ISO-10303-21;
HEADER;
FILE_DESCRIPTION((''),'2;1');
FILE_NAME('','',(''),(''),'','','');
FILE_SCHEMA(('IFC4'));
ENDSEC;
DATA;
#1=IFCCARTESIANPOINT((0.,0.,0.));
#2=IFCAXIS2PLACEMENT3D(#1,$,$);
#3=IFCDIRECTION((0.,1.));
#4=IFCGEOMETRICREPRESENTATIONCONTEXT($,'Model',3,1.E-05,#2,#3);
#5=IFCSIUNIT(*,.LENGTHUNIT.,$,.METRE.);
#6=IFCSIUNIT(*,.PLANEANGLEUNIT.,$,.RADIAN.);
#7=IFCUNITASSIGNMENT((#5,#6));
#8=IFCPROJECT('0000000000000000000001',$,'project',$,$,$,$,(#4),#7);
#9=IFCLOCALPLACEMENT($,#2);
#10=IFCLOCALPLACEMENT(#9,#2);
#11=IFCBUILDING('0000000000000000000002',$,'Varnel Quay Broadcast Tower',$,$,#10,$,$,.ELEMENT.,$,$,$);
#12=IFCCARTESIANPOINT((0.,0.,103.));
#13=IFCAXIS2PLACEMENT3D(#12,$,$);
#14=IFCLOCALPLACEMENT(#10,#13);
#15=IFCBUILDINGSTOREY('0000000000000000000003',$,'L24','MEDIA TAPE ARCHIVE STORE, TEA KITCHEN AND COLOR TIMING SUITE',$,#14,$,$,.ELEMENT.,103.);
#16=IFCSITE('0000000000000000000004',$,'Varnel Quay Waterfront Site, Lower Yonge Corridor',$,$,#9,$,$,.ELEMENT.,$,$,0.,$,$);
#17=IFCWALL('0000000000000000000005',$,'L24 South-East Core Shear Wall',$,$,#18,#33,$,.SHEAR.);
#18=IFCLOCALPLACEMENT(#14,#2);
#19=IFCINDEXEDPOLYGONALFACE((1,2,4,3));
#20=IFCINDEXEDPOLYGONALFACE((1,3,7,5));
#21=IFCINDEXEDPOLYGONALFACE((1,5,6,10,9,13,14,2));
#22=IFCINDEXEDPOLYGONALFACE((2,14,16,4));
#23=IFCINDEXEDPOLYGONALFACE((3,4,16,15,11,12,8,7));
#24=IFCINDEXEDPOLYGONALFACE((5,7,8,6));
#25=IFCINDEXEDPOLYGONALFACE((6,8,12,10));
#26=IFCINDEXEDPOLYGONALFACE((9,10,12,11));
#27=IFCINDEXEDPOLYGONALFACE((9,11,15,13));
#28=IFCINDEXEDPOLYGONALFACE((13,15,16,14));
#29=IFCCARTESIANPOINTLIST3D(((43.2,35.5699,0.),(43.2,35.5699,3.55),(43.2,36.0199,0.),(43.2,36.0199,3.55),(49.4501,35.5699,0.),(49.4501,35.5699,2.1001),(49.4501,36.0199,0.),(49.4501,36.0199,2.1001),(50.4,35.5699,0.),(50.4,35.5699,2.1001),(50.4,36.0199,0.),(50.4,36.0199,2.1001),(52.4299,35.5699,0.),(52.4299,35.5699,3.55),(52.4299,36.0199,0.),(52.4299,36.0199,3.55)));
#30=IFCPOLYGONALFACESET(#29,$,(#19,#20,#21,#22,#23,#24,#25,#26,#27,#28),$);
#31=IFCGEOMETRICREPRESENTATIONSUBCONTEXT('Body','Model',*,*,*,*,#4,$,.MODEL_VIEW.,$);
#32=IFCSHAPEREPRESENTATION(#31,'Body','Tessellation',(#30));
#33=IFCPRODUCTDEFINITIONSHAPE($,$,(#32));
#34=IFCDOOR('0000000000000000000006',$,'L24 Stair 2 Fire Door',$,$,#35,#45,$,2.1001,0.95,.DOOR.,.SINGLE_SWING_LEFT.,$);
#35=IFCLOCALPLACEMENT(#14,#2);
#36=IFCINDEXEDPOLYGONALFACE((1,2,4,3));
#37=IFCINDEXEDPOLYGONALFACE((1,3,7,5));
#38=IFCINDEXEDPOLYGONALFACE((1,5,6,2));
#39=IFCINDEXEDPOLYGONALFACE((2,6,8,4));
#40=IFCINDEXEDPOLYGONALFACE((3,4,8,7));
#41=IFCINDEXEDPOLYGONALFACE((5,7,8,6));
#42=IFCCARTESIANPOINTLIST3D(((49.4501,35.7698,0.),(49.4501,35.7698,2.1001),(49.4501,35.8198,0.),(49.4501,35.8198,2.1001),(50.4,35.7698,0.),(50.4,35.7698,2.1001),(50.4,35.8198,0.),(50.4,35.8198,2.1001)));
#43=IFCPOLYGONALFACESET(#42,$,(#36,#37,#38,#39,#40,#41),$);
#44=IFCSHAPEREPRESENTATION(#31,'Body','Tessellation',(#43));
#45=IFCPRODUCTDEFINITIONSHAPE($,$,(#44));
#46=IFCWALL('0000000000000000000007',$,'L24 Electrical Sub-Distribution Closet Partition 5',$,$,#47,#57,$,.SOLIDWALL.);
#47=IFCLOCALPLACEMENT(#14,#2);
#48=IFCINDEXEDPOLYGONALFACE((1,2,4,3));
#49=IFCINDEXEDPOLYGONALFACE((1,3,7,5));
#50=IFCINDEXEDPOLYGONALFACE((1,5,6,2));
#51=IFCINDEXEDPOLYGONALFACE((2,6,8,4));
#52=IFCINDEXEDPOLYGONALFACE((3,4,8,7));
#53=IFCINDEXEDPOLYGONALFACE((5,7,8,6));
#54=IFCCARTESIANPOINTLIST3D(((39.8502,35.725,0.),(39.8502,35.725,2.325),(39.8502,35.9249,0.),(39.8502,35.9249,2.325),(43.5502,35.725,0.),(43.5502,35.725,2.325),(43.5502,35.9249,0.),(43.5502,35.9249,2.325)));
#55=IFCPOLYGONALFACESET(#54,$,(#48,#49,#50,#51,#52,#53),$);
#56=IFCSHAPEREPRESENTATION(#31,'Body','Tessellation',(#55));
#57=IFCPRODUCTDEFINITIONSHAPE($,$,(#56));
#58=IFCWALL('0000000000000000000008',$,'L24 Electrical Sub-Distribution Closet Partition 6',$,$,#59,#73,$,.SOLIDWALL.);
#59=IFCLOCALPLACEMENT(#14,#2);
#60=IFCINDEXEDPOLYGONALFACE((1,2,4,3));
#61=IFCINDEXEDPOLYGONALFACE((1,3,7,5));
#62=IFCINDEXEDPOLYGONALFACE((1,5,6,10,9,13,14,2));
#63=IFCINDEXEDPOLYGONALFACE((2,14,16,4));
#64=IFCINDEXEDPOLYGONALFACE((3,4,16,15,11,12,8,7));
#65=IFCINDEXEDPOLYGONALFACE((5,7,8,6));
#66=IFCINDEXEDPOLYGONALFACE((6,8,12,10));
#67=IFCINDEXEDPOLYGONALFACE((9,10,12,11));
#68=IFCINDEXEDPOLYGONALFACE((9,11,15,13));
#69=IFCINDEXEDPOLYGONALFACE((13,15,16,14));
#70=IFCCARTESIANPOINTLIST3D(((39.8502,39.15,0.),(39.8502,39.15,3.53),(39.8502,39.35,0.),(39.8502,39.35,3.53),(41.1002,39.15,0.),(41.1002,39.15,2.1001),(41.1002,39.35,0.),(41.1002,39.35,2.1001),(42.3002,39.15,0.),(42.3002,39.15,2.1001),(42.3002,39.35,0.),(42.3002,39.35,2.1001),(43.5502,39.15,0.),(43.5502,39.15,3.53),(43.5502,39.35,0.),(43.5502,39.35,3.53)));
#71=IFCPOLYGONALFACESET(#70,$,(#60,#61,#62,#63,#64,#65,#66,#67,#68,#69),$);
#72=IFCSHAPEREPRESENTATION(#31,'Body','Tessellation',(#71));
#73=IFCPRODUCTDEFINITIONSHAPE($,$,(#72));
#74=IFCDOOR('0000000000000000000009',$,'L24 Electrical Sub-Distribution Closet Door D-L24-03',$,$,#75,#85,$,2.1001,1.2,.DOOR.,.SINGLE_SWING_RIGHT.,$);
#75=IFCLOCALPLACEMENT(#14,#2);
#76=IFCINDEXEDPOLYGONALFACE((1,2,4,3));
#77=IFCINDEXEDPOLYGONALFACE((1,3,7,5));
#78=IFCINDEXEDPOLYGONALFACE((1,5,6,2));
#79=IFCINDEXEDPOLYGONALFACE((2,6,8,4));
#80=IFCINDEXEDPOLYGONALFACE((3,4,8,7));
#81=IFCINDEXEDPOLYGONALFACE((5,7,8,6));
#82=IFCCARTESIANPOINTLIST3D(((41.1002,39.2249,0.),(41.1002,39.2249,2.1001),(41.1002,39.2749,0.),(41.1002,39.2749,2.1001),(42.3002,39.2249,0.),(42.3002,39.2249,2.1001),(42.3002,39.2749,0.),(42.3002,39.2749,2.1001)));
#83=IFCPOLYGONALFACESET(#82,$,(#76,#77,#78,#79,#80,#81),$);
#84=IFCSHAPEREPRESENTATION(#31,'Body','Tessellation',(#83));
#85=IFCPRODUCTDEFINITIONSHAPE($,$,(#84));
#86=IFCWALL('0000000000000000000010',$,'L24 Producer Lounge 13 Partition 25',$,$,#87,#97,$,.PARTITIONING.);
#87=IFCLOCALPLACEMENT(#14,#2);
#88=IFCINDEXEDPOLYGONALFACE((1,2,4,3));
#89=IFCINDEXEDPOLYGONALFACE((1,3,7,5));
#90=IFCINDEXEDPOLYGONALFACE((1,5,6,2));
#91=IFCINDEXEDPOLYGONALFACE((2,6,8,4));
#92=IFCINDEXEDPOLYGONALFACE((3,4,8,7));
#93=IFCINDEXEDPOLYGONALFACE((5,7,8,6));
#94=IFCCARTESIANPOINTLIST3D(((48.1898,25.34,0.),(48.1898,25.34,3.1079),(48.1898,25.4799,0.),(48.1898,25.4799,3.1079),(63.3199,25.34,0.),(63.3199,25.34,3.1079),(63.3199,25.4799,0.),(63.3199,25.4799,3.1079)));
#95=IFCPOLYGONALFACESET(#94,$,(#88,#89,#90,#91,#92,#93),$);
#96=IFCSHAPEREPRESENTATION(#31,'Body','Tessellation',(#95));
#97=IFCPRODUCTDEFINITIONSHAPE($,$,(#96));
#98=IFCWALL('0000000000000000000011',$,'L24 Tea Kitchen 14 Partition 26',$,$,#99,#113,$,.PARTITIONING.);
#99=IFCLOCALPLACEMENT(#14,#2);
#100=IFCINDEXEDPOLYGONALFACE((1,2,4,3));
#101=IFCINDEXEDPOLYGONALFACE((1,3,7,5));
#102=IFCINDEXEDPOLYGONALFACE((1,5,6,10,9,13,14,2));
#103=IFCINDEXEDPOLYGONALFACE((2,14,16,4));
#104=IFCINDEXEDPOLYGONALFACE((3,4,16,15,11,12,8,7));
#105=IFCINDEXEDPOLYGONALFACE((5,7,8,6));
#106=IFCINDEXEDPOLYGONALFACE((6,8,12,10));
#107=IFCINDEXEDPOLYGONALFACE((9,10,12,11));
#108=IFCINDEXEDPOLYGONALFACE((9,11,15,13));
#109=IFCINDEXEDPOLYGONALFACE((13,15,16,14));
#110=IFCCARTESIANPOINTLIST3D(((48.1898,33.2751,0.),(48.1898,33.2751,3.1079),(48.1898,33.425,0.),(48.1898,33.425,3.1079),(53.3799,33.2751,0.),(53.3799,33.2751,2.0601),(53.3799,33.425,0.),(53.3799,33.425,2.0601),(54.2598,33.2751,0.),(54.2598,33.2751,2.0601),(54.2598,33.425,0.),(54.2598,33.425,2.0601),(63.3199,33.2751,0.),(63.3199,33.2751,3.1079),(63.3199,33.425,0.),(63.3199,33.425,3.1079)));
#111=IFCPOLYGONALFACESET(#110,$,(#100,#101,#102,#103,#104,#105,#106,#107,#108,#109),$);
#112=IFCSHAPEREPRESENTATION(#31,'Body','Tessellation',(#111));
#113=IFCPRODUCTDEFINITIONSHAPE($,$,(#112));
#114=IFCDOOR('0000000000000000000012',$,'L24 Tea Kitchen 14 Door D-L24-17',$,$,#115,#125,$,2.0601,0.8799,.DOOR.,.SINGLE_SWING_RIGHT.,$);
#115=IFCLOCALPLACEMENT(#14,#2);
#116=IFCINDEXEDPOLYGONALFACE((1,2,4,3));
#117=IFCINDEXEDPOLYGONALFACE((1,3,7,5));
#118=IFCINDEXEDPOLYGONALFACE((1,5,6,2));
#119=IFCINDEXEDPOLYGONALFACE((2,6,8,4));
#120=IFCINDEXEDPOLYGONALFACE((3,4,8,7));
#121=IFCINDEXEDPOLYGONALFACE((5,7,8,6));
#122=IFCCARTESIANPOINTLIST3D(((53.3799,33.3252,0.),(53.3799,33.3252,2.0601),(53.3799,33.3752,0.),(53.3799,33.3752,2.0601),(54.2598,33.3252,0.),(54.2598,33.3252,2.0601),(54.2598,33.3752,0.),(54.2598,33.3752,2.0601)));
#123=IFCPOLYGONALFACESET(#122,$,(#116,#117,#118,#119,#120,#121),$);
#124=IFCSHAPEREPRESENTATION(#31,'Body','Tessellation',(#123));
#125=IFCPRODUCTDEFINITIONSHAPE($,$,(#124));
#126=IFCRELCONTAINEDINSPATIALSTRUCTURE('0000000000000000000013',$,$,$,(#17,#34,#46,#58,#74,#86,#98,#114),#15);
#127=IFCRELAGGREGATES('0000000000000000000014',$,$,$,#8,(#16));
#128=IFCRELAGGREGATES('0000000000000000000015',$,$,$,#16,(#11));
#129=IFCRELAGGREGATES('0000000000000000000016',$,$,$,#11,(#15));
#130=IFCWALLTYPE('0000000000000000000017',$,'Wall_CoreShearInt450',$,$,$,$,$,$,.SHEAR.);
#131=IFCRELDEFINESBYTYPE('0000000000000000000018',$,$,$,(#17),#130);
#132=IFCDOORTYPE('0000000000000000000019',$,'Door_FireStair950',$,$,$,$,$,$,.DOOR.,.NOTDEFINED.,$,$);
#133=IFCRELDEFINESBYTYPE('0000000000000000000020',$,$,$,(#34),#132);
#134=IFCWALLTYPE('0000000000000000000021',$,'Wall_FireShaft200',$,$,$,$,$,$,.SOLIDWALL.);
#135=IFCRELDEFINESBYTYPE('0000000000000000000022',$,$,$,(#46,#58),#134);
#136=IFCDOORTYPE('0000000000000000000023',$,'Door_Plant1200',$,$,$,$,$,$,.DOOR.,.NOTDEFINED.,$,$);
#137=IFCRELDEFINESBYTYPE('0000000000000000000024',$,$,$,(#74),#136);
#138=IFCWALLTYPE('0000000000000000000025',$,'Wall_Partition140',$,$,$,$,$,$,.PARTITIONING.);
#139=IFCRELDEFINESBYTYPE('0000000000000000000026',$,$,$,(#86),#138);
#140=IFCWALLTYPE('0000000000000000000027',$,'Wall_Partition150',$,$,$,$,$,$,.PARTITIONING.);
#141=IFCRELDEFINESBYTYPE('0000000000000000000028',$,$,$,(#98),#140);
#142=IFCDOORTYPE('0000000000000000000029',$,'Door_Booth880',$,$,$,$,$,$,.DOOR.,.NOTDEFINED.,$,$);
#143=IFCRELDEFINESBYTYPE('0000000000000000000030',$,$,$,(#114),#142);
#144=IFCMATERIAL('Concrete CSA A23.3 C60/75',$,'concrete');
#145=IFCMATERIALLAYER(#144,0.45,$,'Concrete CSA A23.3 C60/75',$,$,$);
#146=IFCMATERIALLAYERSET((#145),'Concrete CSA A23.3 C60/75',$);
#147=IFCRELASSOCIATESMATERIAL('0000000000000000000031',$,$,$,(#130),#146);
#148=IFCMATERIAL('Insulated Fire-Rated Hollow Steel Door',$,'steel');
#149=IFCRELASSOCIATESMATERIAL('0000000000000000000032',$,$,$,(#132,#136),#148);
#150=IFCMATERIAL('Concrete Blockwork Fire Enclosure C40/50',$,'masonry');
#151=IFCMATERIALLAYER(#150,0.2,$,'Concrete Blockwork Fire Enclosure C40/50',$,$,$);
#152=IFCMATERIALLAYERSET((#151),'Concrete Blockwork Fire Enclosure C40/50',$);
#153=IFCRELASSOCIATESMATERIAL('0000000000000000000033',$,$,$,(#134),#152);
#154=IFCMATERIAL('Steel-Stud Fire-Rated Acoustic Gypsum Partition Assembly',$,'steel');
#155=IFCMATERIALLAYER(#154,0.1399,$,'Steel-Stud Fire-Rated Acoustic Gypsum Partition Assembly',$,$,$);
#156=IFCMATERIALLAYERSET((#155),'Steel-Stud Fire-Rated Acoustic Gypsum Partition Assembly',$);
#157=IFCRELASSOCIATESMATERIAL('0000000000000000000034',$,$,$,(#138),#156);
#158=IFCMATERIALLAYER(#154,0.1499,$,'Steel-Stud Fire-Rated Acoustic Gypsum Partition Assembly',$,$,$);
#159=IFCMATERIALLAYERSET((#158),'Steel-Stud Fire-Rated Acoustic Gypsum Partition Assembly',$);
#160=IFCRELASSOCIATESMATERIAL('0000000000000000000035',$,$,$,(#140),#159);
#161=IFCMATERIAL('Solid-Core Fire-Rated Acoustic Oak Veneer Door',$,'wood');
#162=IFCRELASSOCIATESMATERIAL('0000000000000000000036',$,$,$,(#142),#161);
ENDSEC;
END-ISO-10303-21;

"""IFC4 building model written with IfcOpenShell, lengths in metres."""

from ifc_helpers import new_model, si_unit, direction, frame, frame_2d, origin, place, context, subcontext, project, spatial, rectangle, extrude, source, transform, mapped, material, layer, layer_set, type_object, type_shapes, element, fill, save


model = new_model("IFC4")

# Units and contexts
model_context = context("Model", 3, precision=1e-05, world=origin(), true_north=direction((0.0, 1.0)))
body_context = subcontext(model_context, "Body", "Model", "MODEL_VIEW")
ifc_project = project(units=[si_unit("LENGTHUNIT", "METRE"), si_unit("PLANEANGLEUNIT", "RADIAN")], contexts=[model_context])

# Site, building, storey
site_placement = place(None, origin())
site = spatial("IfcSite", under=ifc_project, at=site_placement, Name="Varnel Quay Waterfront Site, Lower Yonge Corridor", CompositionType="ELEMENT", RefElevation=0.0)
building_placement = place(site_placement, origin())
building = spatial("IfcBuilding", under=site, at=building_placement, Name="Varnel Quay Broadcast Tower", CompositionType="ELEMENT")
storey_placement = place(building_placement, frame((0.0, 0.0, 103.0)))
storey = spatial("IfcBuildingStorey", under=building, at=storey_placement, Name="L24", Description="MEDIA TAPE ARCHIVE STORE, TEA KITCHEN AND COLOR TIMING SUITE", CompositionType="ELEMENT", Elevation=103.0)

# Wall, opening, door
ifc_material_1 = material(Name="Concrete CSA A23.3 C60/75", Category="concrete")
ifc_layer_1 = layer(ifc_material_1, 0.45, Name="Concrete CSA A23.3 C60/75")
ifc_layer_set_1 = layer_set([ifc_layer_1], Name="Concrete CSA A23.3 C60/75")
wall_type_1 = type_object("IfcWallType", Name="Wall_CoreShearInt450", PredefinedType="SHEAR", material=ifc_layer_set_1)
wall_1_placement = place(storey_placement, frame((43.2, 35.7949, 0.0), z_axis=(0.0, 0.0, 1.0), x_axis=(1.0, 0.0, 0.0)))
wall_1 = element("IfcWall", 1, at=wall_1_placement, inside=storey, type_object=wall_type_1, Name="L24 South-East Core Shear Wall", PredefinedType="SHEAR", context=body_context, shape_type="SweptSolid", body=[
    extrude(rectangle(XDim=9.23, YDim=0.45, at=frame_2d((4.615, 0.0))), origin(), (0.0, 0.0, 1.0), 3.55),
])
opening_1_placement = place(wall_1_placement, frame((6.25, 0.0, 0.0)))
opening_1 = element("IfcOpeningElement", 2, at=opening_1_placement, cuts=wall_1, PredefinedType="OPENING", context=body_context, shape_type="SweptSolid", body=[
    extrude(rectangle(XDim=0.95, YDim=2.1001, at=frame_2d((0.4751, 1.05))), frame((0.0, 0.2349, 0.0), z_axis=(0.0, -1.0, 0.0), x_axis=(1.0, 0.0, 0.0)), (0.0, 0.0, 1.0), 0.47),
])
ifc_material_2 = material(Name="Insulated Fire-Rated Hollow Steel Door", Category="steel")
door_type_1 = type_object("IfcDoorType", Name="Door_FireStair950", OperationType="NOTDEFINED", PredefinedType="DOOR", material=ifc_material_2)
shared_shape_1 = source(origin(), body_context, "Body", "SweptSolid", [
    extrude(rectangle(XDim=0.95, YDim=2.1001, at=frame_2d((0.4751, 1.05))), frame((0.0, 0.0249, 0.0), z_axis=(0.0, -1.0, 0.0), x_axis=(1.0, 0.0, 0.0)), (0.0, 0.0, 1.0), 0.05),
])
type_shapes(door_type_1, [shared_shape_1])
door_1_placement = place(opening_1_placement, origin())
door_1 = element("IfcDoor", 3, at=door_1_placement, inside=storey, type_object=door_type_1, Name="L24 Stair 2 Fire Door", OperationType="SINGLE_SWING_LEFT", OverallHeight=2.1001, OverallWidth=0.95, PredefinedType="DOOR", context=body_context, shape_type="MappedRepresentation", body=[
    mapped(shared_shape_1, transform((0.0, 0.0, 0.0), x_axis=(1.0, 0.0, 0.0), y_axis=(0.0, 1.0, 0.0), z_axis=(0.0, 0.0, 1.0), scale=1.0)),
])
fill(opening_1, door_1)

# Wall
ifc_material_3 = material(Name="Concrete Blockwork Fire Enclosure C40/50", Category="masonry")
ifc_layer_2 = layer(ifc_material_3, 0.2, Name="Concrete Blockwork Fire Enclosure C40/50")
ifc_layer_set_2 = layer_set([ifc_layer_2], Name="Concrete Blockwork Fire Enclosure C40/50")
wall_type_2 = type_object("IfcWallType", Name="Wall_FireShaft200", PredefinedType="SOLIDWALL", material=ifc_layer_set_2)
wall_2_placement = place(storey_placement, frame((39.8501, 35.825, 0.0), z_axis=(0.0, 0.0, 1.0), x_axis=(1.0, 0.0, 0.0)))
element("IfcWall", 4, at=wall_2_placement, inside=storey, type_object=wall_type_2, Name="L24 Electrical Sub-Distribution Closet Partition 5", PredefinedType="SOLIDWALL", context=body_context, shape_type="SweptSolid", body=[
    extrude(rectangle(XDim=3.7, YDim=0.2, at=frame_2d((1.8501, 0.0))), origin(), (0.0, 0.0, 1.0), 2.325),
])

# Wall, opening, door
wall_3_placement = place(storey_placement, frame((39.8501, 39.25, 0.0), z_axis=(0.0, 0.0, 1.0), x_axis=(1.0, 0.0, 0.0)))
wall_3 = element("IfcWall", 5, at=wall_3_placement, inside=storey, type_object=wall_type_2, Name="L24 Electrical Sub-Distribution Closet Partition 6", PredefinedType="SOLIDWALL", context=body_context, shape_type="SweptSolid", body=[
    extrude(rectangle(XDim=3.7, YDim=0.2, at=frame_2d((1.8501, 0.0))), origin(), (0.0, 0.0, 1.0), 3.53),
])
opening_2_placement = place(wall_3_placement, frame((1.25, 0.0, 0.0)))
opening_2 = element("IfcOpeningElement", 6, at=opening_2_placement, cuts=wall_3, PredefinedType="OPENING", context=body_context, shape_type="SweptSolid", body=[
    extrude(rectangle(XDim=1.2, YDim=2.1001, at=frame_2d((0.6001, 1.05))), frame((0.0, 0.1099, 0.0), z_axis=(0.0, -1.0, 0.0), x_axis=(1.0, 0.0, 0.0)), (0.0, 0.0, 1.0), 0.22),
])
door_type_2 = type_object("IfcDoorType", Name="Door_Plant1200", OperationType="NOTDEFINED", PredefinedType="DOOR", material=ifc_material_2)
shared_shape_2 = source(origin(), body_context, "Body", "SweptSolid", [
    extrude(rectangle(XDim=1.2, YDim=2.1001, at=frame_2d((0.6001, 1.05))), frame((0.0, 0.0249, 0.0), z_axis=(0.0, -1.0, 0.0), x_axis=(1.0, 0.0, 0.0)), (0.0, 0.0, 1.0), 0.05),
])
type_shapes(door_type_2, [shared_shape_2])
door_2_placement = place(opening_2_placement, origin())
door_2 = element("IfcDoor", 7, at=door_2_placement, inside=storey, type_object=door_type_2, Name="L24 Electrical Sub-Distribution Closet Door D-L24-03", OperationType="SINGLE_SWING_RIGHT", OverallHeight=2.1001, OverallWidth=1.2, PredefinedType="DOOR", context=body_context, shape_type="MappedRepresentation", body=[
    mapped(shared_shape_2, transform((0.0, 0.0, 0.0), x_axis=(1.0, 0.0, 0.0), y_axis=(0.0, 1.0, 0.0), z_axis=(0.0, 0.0, 1.0), scale=1.0)),
])
fill(opening_2, door_2)

# Wall
ifc_material_4 = material(Name="Steel-Stud Fire-Rated Acoustic Gypsum Partition Assembly", Category="steel")
ifc_layer_3 = layer(ifc_material_4, 0.1399, Name="Steel-Stud Fire-Rated Acoustic Gypsum Partition Assembly")
ifc_layer_set_3 = layer_set([ifc_layer_3], Name="Steel-Stud Fire-Rated Acoustic Gypsum Partition Assembly")
wall_type_3 = type_object("IfcWallType", Name="Wall_Partition140", PredefinedType="PARTITIONING", material=ifc_layer_set_3)
wall_4_placement = place(storey_placement, frame((48.1899, 25.4099, 0.0), z_axis=(0.0, 0.0, 1.0), x_axis=(1.0, 0.0, 0.0)))
element("IfcWall", 8, at=wall_4_placement, inside=storey, type_object=wall_type_3, Name="L24 Producer Lounge 13 Partition 25", PredefinedType="PARTITIONING", context=body_context, shape_type="SweptSolid", body=[
    extrude(rectangle(XDim=15.1301, YDim=0.1399, at=frame_2d((7.5649, 0.0))), origin(), (0.0, 0.0, 1.0), 3.1079),
])

# Wall, opening, door
ifc_layer_4 = layer(ifc_material_4, 0.1499, Name="Steel-Stud Fire-Rated Acoustic Gypsum Partition Assembly")
ifc_layer_set_4 = layer_set([ifc_layer_4], Name="Steel-Stud Fire-Rated Acoustic Gypsum Partition Assembly")
wall_type_4 = type_object("IfcWallType", Name="Wall_Partition150", PredefinedType="PARTITIONING", material=ifc_layer_set_4)
wall_5_placement = place(storey_placement, frame((48.1899, 33.3501, 0.0), z_axis=(0.0, 0.0, 1.0), x_axis=(1.0, 0.0, 0.0)))
wall_5 = element("IfcWall", 9, at=wall_5_placement, inside=storey, type_object=wall_type_4, Name="L24 Tea Kitchen 14 Partition 26", PredefinedType="PARTITIONING", context=body_context, shape_type="SweptSolid", body=[
    extrude(rectangle(XDim=15.1301, YDim=0.1499, at=frame_2d((7.5649, 0.0))), origin(), (0.0, 0.0, 1.0), 3.1079),
])
opening_3_placement = place(wall_5_placement, frame((5.1899, 0.0, 0.0)))
opening_3 = element("IfcOpeningElement", 10, at=opening_3_placement, cuts=wall_5, PredefinedType="OPENING", context=body_context, shape_type="SweptSolid", body=[
    extrude(rectangle(XDim=0.8799, YDim=2.0601, at=frame_2d((0.4399, 1.03))), frame((0.0, 0.085, 0.0), z_axis=(0.0, -1.0, 0.0), x_axis=(1.0, 0.0, 0.0)), (0.0, 0.0, 1.0), 0.1699),
])
ifc_material_5 = material(Name="Solid-Core Fire-Rated Acoustic Oak Veneer Door", Category="wood")
door_type_3 = type_object("IfcDoorType", Name="Door_Booth880", OperationType="NOTDEFINED", PredefinedType="DOOR", material=ifc_material_5)
shared_shape_3 = source(origin(), body_context, "Body", "SweptSolid", [
    extrude(rectangle(XDim=0.8799, YDim=2.0601, at=frame_2d((0.4399, 1.03))), frame((0.0, 0.0249, 0.0), z_axis=(0.0, -1.0, 0.0), x_axis=(1.0, 0.0, 0.0)), (0.0, 0.0, 1.0), 0.05),
])
type_shapes(door_type_3, [shared_shape_3])
door_3_placement = place(opening_3_placement, frame((0.8799, 0.0, 0.0), z_axis=(0.0, 0.0, 1.0), x_axis=(-1.0, 0.0, 0.0)))
door_3 = element("IfcDoor", 11, at=door_3_placement, inside=storey, type_object=door_type_3, Name="L24 Tea Kitchen 14 Door D-L24-17", OperationType="SINGLE_SWING_RIGHT", OverallHeight=2.0601, OverallWidth=0.8799, PredefinedType="DOOR", context=body_context, shape_type="MappedRepresentation", body=[
    mapped(shared_shape_3, transform((0.0, 0.0, 0.0), x_axis=(1.0, 0.0, 0.0), y_axis=(0.0, 1.0, 0.0), z_axis=(0.0, 0.0, 1.0), scale=1.0)),
])
fill(opening_3, door_3)

save(model, "model.ifc")
